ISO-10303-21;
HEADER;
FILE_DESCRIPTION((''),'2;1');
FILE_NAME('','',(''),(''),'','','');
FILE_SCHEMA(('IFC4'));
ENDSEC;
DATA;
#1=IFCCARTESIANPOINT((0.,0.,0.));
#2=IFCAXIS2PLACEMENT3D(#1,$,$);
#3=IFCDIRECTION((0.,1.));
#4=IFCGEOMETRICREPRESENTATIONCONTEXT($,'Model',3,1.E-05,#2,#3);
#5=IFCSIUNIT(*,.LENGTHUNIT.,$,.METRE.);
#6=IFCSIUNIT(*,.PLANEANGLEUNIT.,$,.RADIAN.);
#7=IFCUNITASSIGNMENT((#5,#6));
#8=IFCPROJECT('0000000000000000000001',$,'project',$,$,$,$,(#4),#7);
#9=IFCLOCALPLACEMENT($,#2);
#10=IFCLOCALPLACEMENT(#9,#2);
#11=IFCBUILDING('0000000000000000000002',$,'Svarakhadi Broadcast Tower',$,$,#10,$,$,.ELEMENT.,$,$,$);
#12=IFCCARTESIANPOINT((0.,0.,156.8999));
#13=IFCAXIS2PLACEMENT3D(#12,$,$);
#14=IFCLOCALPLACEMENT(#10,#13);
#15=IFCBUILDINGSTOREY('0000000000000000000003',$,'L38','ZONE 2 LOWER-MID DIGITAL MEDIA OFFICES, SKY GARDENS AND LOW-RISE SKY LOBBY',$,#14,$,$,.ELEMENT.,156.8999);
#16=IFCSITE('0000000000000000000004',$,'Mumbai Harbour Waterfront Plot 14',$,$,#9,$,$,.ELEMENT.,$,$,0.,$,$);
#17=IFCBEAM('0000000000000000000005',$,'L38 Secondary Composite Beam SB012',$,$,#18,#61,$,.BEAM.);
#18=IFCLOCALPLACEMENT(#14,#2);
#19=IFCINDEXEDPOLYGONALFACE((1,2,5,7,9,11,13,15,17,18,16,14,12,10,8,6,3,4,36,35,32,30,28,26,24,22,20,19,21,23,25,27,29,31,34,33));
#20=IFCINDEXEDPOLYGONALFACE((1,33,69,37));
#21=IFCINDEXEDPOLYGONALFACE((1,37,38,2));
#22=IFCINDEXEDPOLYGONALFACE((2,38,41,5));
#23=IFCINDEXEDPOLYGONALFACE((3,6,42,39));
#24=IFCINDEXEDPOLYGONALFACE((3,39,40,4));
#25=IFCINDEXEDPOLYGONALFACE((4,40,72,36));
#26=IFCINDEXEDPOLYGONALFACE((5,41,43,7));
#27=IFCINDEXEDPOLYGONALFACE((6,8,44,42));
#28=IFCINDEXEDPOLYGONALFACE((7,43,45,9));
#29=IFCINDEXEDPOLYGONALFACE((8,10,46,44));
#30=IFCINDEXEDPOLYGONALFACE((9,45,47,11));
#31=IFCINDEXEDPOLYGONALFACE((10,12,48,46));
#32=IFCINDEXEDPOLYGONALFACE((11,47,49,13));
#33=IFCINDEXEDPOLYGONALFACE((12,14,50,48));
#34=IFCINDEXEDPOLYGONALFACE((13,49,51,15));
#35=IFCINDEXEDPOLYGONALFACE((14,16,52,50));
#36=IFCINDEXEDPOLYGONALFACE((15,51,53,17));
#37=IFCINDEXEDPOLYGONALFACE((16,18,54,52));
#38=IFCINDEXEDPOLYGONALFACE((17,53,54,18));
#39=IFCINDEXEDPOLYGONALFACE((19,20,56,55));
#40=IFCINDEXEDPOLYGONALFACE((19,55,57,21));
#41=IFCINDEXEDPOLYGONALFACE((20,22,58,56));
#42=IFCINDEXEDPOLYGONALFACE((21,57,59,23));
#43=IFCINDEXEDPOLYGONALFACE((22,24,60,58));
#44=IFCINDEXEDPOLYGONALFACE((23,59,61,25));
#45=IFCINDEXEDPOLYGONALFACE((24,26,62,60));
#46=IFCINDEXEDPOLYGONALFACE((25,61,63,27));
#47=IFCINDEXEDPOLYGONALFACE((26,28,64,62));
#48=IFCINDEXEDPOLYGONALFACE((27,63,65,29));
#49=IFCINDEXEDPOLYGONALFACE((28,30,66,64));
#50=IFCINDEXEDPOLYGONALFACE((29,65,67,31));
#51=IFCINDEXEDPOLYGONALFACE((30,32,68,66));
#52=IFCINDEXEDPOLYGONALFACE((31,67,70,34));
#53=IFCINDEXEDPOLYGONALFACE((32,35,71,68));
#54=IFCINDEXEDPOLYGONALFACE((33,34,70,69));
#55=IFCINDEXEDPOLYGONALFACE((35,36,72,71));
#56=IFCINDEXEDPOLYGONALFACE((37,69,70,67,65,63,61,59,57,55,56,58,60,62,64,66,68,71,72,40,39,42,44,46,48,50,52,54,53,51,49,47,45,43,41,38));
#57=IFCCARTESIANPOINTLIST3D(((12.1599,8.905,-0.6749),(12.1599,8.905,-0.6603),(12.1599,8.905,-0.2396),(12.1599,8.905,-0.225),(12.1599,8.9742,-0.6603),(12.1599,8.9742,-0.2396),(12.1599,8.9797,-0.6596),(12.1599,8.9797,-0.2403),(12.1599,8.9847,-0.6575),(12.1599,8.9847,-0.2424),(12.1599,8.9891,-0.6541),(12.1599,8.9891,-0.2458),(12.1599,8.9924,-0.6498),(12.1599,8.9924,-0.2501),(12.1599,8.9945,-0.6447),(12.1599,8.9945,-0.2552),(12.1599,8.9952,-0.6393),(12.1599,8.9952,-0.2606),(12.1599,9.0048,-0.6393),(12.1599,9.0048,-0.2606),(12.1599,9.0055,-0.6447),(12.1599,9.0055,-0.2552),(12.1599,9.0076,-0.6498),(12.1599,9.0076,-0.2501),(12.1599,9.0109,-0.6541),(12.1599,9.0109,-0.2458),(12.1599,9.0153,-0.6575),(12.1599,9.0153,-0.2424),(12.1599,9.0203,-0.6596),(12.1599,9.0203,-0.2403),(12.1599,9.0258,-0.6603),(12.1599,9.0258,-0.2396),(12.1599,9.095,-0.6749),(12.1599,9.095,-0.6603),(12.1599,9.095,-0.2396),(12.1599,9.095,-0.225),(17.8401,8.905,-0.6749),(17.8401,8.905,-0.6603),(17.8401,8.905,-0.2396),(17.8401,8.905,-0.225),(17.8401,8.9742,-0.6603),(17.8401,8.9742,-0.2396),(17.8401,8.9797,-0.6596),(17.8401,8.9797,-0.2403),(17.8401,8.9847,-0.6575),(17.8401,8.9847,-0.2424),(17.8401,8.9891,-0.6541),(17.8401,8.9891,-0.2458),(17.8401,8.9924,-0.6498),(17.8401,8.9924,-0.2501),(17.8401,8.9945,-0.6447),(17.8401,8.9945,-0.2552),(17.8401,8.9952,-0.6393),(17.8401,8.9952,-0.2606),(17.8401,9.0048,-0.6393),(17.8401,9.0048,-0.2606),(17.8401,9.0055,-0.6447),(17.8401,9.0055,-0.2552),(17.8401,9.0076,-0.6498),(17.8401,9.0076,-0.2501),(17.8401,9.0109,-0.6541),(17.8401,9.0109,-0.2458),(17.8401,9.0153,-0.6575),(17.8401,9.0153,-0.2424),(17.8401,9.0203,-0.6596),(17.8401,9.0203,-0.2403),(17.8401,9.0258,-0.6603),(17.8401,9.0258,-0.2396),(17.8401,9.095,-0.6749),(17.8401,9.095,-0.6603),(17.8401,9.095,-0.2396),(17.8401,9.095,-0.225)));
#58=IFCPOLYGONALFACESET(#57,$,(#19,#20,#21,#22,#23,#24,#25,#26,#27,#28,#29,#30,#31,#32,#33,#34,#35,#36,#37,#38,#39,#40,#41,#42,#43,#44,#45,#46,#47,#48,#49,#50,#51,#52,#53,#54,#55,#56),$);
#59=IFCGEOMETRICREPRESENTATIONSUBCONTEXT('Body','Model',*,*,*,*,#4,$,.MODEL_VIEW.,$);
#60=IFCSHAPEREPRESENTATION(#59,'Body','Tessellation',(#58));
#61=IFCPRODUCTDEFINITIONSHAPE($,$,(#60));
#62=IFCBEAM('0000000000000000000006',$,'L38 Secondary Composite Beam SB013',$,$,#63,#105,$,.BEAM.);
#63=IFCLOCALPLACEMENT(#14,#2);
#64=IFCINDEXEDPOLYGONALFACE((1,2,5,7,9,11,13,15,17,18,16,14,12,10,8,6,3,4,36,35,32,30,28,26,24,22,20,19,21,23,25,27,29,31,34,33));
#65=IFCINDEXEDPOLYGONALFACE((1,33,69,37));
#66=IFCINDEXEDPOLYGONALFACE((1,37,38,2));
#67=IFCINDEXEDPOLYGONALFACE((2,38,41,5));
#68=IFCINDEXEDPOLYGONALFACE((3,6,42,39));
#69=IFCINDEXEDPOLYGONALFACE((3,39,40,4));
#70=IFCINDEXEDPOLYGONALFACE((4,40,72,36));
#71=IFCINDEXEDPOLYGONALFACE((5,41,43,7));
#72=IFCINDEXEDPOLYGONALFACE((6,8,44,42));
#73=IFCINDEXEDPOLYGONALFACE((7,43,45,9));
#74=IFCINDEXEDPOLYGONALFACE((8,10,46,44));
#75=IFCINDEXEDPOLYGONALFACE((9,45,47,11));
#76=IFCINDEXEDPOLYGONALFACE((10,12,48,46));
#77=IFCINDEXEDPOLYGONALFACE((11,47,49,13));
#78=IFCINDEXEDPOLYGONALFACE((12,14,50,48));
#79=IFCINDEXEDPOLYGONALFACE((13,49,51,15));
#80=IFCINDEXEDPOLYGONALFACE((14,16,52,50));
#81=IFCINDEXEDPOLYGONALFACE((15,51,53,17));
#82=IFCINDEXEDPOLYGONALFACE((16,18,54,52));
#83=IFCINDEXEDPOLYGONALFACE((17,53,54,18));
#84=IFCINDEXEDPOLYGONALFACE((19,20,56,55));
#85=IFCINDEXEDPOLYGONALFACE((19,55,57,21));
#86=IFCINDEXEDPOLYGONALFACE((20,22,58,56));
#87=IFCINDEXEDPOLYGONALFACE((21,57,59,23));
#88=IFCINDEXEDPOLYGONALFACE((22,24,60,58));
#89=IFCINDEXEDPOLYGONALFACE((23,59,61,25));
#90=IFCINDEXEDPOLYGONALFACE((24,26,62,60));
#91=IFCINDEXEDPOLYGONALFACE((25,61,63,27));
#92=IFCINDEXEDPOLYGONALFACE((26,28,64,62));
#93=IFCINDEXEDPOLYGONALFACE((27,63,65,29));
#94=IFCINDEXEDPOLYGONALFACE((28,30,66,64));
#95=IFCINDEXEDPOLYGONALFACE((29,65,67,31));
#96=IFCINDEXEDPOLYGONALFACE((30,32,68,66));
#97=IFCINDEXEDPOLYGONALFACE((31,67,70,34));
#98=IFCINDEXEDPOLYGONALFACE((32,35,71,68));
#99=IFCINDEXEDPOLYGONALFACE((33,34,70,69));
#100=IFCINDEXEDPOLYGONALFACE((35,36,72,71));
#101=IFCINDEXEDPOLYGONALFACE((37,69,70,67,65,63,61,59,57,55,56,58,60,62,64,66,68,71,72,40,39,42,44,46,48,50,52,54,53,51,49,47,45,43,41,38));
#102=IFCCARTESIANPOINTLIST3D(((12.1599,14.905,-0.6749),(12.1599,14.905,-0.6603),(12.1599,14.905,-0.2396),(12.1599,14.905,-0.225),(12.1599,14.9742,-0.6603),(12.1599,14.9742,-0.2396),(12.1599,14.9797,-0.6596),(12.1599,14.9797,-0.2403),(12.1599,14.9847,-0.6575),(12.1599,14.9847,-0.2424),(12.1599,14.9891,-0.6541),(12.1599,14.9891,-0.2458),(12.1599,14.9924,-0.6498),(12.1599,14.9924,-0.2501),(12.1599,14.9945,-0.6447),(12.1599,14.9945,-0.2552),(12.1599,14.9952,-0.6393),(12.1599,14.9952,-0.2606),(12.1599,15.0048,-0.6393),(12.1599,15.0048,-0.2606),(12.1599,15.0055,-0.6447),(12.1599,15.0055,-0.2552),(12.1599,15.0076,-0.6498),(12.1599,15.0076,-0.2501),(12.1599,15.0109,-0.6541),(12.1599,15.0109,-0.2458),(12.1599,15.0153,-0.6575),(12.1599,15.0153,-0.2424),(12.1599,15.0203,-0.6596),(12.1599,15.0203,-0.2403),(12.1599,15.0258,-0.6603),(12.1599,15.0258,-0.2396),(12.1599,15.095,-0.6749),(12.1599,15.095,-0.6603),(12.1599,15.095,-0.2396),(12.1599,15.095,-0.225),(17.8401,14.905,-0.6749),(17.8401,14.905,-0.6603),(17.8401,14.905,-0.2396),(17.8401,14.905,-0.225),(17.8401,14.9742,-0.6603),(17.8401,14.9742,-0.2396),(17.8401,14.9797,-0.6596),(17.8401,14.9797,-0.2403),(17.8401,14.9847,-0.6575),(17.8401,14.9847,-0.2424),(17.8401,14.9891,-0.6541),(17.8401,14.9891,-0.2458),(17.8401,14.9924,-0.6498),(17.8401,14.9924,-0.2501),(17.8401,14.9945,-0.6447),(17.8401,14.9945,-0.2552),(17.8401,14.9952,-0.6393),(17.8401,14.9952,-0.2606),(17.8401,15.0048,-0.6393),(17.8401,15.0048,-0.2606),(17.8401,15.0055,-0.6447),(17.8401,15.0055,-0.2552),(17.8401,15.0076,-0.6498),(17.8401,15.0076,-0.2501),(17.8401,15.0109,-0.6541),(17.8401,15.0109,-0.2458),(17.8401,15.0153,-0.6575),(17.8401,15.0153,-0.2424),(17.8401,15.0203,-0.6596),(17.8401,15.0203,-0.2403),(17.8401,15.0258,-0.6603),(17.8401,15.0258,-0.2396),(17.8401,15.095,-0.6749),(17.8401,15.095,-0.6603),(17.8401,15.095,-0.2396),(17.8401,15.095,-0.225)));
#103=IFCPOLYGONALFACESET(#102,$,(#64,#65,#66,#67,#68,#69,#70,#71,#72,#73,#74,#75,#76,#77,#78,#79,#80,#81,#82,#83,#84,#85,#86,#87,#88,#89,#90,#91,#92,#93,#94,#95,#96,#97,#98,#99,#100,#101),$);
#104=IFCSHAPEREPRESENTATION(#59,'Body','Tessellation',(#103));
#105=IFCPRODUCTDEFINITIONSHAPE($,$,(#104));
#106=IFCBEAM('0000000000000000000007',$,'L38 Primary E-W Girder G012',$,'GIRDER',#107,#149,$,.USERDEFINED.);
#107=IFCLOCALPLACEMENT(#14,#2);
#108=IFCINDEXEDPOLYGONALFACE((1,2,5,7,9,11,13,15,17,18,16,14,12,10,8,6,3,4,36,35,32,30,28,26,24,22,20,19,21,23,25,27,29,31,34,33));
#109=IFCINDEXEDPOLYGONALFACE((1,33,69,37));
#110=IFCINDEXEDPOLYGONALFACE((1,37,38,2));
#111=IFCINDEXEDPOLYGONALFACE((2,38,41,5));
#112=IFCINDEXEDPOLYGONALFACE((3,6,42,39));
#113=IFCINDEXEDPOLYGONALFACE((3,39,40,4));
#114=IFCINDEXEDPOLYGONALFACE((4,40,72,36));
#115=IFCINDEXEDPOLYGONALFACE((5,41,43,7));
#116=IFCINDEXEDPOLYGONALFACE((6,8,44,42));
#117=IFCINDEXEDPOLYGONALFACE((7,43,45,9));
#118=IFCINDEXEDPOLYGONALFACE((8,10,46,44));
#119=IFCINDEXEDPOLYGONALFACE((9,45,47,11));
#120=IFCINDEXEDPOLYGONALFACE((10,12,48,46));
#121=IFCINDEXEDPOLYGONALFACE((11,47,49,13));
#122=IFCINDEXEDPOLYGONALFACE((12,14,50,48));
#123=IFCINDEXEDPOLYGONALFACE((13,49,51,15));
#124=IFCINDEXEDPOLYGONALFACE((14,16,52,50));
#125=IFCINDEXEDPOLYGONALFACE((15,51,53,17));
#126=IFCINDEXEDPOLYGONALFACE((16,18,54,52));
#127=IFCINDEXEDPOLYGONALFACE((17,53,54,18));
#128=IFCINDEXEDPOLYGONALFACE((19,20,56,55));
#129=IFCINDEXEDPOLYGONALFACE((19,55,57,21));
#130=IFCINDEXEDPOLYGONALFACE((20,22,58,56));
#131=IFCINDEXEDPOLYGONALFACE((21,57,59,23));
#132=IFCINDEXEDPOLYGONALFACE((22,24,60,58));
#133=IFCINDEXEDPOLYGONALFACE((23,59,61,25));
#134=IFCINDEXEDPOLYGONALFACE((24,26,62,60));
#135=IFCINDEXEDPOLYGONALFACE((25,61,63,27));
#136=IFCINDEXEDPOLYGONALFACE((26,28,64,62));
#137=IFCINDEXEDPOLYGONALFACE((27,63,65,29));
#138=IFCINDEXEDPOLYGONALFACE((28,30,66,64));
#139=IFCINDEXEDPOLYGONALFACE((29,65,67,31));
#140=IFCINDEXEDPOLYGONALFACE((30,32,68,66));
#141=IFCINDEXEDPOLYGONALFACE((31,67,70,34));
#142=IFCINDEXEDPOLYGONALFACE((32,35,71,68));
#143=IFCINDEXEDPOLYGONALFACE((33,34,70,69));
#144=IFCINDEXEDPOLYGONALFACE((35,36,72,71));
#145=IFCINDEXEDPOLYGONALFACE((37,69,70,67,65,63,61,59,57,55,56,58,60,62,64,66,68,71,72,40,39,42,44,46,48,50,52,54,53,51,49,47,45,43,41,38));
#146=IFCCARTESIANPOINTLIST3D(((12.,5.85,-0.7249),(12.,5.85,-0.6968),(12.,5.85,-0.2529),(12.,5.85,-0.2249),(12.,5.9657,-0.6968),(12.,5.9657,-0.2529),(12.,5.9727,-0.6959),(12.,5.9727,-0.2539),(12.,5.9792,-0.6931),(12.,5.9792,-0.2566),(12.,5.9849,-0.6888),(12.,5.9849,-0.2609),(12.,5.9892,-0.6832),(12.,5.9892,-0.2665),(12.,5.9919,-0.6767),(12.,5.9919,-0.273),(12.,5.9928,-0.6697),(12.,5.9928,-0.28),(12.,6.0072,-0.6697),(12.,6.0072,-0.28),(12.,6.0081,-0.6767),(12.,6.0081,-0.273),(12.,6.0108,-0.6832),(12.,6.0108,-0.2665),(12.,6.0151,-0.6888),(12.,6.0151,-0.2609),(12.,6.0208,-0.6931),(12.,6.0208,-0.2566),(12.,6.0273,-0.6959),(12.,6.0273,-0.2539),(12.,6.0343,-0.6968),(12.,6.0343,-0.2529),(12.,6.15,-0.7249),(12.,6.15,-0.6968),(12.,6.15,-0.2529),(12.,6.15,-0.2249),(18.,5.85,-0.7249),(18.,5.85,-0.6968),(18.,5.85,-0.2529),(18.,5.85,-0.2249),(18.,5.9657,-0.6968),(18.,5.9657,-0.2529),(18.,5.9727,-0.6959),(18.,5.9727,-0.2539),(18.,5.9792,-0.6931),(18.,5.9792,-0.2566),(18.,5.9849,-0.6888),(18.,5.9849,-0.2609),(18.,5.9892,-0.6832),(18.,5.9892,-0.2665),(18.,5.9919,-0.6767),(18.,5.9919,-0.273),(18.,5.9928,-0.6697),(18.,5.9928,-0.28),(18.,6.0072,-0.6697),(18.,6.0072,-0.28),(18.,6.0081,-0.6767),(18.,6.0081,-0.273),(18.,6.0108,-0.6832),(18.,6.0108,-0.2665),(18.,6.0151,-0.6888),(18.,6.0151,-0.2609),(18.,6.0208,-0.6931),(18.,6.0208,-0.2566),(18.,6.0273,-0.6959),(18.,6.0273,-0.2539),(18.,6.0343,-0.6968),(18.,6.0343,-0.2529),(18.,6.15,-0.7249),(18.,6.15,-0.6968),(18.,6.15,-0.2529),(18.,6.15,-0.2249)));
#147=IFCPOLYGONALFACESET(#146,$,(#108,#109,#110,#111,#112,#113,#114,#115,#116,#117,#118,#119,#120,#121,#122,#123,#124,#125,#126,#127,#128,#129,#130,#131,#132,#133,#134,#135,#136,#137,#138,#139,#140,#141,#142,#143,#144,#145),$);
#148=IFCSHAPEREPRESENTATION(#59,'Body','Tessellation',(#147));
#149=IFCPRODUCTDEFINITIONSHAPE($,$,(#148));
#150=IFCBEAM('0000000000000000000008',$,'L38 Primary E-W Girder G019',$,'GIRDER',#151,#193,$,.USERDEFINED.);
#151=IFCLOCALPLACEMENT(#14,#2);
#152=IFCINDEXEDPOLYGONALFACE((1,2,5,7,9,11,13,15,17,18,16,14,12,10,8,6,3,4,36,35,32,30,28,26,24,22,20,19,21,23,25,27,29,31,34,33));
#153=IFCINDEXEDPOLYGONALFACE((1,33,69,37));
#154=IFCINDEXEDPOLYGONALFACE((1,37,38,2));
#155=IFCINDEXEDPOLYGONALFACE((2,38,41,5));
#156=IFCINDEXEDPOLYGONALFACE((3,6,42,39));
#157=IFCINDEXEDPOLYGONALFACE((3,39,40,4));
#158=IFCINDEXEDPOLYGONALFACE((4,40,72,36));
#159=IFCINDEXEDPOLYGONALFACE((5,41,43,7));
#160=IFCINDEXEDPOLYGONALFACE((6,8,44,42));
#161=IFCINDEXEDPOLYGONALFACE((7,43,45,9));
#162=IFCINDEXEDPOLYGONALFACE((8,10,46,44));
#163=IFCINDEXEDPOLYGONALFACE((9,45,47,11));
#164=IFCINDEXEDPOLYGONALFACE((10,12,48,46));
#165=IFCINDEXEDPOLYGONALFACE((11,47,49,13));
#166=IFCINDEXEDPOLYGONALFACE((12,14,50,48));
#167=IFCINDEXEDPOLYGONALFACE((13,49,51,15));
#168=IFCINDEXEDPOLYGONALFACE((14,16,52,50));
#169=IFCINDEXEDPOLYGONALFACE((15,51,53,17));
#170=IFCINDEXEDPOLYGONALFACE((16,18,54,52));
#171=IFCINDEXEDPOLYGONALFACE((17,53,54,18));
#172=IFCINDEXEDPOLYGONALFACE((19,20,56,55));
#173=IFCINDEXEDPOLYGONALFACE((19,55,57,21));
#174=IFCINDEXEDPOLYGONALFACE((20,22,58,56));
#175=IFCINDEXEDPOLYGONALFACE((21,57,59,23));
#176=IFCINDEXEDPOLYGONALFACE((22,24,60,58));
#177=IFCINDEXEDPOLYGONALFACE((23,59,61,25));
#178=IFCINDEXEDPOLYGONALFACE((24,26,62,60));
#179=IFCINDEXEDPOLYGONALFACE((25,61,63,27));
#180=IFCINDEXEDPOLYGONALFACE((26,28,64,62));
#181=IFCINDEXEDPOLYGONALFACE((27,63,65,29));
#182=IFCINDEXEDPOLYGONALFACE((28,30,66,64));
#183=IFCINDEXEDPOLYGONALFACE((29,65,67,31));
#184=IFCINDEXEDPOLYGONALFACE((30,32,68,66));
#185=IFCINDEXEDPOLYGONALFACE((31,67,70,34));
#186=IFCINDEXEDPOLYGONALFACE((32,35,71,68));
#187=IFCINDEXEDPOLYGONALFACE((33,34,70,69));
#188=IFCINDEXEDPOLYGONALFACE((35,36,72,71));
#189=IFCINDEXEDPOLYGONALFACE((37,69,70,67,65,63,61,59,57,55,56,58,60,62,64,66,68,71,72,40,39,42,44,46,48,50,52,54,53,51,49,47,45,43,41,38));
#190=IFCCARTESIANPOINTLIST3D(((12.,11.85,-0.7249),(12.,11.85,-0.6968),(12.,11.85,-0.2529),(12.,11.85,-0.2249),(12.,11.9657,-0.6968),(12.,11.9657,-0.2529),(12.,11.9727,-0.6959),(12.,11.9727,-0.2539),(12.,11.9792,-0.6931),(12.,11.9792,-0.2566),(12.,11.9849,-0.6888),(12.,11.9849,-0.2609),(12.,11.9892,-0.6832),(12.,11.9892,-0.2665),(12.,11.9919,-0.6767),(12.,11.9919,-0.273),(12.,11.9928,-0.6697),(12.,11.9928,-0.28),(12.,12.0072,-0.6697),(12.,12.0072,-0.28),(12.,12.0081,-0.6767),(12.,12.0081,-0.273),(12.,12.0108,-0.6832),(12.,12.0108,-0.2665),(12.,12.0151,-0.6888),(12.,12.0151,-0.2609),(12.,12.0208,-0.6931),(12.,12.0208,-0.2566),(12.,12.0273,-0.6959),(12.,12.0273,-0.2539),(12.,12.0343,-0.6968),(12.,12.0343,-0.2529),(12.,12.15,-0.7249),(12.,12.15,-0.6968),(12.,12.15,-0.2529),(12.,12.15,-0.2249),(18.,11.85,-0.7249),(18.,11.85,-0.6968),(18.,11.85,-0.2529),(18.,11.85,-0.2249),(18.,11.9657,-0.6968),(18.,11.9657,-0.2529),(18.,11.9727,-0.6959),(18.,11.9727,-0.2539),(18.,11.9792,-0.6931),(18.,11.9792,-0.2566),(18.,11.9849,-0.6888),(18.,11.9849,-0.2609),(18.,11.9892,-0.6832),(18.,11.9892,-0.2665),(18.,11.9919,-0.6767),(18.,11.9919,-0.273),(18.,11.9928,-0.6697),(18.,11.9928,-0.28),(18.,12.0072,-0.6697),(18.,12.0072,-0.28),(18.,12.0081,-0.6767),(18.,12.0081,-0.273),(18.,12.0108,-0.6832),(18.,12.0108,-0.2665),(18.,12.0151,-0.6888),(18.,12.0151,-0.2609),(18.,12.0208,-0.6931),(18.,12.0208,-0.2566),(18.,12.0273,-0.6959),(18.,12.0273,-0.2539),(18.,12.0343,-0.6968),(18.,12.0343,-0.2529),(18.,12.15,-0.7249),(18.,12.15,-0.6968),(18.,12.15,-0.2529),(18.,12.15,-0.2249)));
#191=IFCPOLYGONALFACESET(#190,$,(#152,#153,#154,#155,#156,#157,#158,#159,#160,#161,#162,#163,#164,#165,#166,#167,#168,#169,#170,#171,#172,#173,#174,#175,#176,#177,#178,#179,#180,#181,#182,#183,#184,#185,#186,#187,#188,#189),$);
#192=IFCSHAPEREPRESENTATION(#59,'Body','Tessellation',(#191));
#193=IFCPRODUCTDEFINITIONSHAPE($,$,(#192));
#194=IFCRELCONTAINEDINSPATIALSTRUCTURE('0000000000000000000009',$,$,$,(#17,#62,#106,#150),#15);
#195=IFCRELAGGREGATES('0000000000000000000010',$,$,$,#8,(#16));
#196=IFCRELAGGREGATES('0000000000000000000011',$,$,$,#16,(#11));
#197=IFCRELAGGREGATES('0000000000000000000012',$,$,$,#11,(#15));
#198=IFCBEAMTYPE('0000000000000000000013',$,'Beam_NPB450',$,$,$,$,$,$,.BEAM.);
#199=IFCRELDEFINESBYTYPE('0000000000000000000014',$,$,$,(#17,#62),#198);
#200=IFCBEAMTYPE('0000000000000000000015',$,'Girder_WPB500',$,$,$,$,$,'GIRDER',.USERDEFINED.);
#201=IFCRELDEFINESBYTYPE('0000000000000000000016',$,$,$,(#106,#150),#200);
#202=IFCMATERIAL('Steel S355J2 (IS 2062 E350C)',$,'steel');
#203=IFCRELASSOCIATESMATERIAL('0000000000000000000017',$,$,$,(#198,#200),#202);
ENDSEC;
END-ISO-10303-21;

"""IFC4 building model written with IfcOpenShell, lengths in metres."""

from ifc_helpers import new_model, si_unit, direction, frame, origin, origin_2d, place, context, subcontext, project, spatial, i_section, extrude, material, material_profile, profile_set, type_object, element, save


model = new_model("IFC4")

# Units and contexts
model_context = context("Model", 3, precision=1e-05, world=origin(), true_north=direction((0.0, 1.0)))
body_context = subcontext(model_context, "Body", "Model", "MODEL_VIEW")
ifc_project = project(units=[si_unit("LENGTHUNIT", "METRE"), si_unit("PLANEANGLEUNIT", "RADIAN")], contexts=[model_context])

# Site, building, storey
site_placement = place(None, origin())
site = spatial("IfcSite", under=ifc_project, at=site_placement, Name="Mumbai Harbour Waterfront Plot 14", CompositionType="ELEMENT", RefElevation=0.0)
building_placement = place(site_placement, origin())
building = spatial("IfcBuilding", under=site, at=building_placement, Name="Svarakhadi Broadcast Tower", CompositionType="ELEMENT")
storey_placement = place(building_placement, frame((0.0, 0.0, 156.8999)))
storey = spatial("IfcBuildingStorey", under=building, at=storey_placement, Name="L38", Description="ZONE 2 LOWER-MID DIGITAL MEDIA OFFICES, SKY GARDENS AND LOW-RISE SKY LOBBY", CompositionType="ELEMENT", Elevation=156.8999)

# Beams
ifc_material_1 = material(Name="Steel S355J2 (IS 2062 E350C)", Category="steel")
ifc_material_profile_1 = material_profile(ifc_material_1, i_section(OverallWidth=0.1899, OverallDepth=0.45, WebThickness=0.0095, FlangeThickness=0.0146, FilletRadius=0.021, at=origin_2d()), Name="NPB 450x190x78")
ifc_profile_set_1 = profile_set([ifc_material_profile_1], Name="Steel S355J2 (IS 2062 E350C)")
beam_type_1 = type_object("IfcBeamType", Name="Beam_NPB450", PredefinedType="BEAM", material=ifc_profile_set_1)
for number, where, z_axis, x_axis, name in (
    (1, (12.1599, 9.0, -0.45), (1.0, 0.0, 0.0), (0.0, 1.0, 0.0), "L38 Secondary Composite Beam SB012"),
    (2, (12.1599, 15.0, -0.45), (1.0, 0.0, 0.0), (0.0, 1.0, 0.0), "L38 Secondary Composite Beam SB013"),
):
    element("IfcBeam", number, at=place(storey_placement, frame(where, z_axis=z_axis, x_axis=x_axis)), inside=storey, type_object=beam_type_1, Name=name, PredefinedType="BEAM", context=body_context, shape_type="SweptSolid", body=[
        extrude(i_section(OverallWidth=0.1899, OverallDepth=0.45, WebThickness=0.0095, FlangeThickness=0.0146, FilletRadius=0.021, at=origin_2d()), origin(), (0.0, 0.0, 1.0), 5.6802),
    ])
ifc_material_profile_2 = material_profile(ifc_material_1, i_section(OverallWidth=0.3, OverallDepth=0.5, WebThickness=0.0144, FlangeThickness=0.0281, FilletRadius=0.0271, at=origin_2d()), Name="WPB 500x300x187")
ifc_profile_set_2 = profile_set([ifc_material_profile_2], Name="Steel S355J2 (IS 2062 E350C)")
beam_type_2 = type_object("IfcBeamType", Name="Girder_WPB500", ElementType="GIRDER", PredefinedType="USERDEFINED", material=ifc_profile_set_2)
for number, where, z_axis, x_axis, name in (
    (3, (12.0, 6.0, -0.4749), (1.0, 0.0, 0.0), (0.0, 1.0, 0.0), "L38 Primary E-W Girder G012"),
    (4, (12.0, 12.0, -0.4749), (1.0, 0.0, 0.0), (0.0, 1.0, 0.0), "L38 Primary E-W Girder G019"),
):
    element("IfcBeam", number, at=place(storey_placement, frame(where, z_axis=z_axis, x_axis=x_axis)), inside=storey, type_object=beam_type_2, Name=name, ObjectType="GIRDER", PredefinedType="USERDEFINED", context=body_context, shape_type="SweptSolid", body=[
        extrude(i_section(OverallWidth=0.3, OverallDepth=0.5, WebThickness=0.0144, FlangeThickness=0.0281, FilletRadius=0.0271, at=origin_2d()), origin(), (0.0, 0.0, 1.0), 6.0),
    ])

save(model, "model.ifc")
